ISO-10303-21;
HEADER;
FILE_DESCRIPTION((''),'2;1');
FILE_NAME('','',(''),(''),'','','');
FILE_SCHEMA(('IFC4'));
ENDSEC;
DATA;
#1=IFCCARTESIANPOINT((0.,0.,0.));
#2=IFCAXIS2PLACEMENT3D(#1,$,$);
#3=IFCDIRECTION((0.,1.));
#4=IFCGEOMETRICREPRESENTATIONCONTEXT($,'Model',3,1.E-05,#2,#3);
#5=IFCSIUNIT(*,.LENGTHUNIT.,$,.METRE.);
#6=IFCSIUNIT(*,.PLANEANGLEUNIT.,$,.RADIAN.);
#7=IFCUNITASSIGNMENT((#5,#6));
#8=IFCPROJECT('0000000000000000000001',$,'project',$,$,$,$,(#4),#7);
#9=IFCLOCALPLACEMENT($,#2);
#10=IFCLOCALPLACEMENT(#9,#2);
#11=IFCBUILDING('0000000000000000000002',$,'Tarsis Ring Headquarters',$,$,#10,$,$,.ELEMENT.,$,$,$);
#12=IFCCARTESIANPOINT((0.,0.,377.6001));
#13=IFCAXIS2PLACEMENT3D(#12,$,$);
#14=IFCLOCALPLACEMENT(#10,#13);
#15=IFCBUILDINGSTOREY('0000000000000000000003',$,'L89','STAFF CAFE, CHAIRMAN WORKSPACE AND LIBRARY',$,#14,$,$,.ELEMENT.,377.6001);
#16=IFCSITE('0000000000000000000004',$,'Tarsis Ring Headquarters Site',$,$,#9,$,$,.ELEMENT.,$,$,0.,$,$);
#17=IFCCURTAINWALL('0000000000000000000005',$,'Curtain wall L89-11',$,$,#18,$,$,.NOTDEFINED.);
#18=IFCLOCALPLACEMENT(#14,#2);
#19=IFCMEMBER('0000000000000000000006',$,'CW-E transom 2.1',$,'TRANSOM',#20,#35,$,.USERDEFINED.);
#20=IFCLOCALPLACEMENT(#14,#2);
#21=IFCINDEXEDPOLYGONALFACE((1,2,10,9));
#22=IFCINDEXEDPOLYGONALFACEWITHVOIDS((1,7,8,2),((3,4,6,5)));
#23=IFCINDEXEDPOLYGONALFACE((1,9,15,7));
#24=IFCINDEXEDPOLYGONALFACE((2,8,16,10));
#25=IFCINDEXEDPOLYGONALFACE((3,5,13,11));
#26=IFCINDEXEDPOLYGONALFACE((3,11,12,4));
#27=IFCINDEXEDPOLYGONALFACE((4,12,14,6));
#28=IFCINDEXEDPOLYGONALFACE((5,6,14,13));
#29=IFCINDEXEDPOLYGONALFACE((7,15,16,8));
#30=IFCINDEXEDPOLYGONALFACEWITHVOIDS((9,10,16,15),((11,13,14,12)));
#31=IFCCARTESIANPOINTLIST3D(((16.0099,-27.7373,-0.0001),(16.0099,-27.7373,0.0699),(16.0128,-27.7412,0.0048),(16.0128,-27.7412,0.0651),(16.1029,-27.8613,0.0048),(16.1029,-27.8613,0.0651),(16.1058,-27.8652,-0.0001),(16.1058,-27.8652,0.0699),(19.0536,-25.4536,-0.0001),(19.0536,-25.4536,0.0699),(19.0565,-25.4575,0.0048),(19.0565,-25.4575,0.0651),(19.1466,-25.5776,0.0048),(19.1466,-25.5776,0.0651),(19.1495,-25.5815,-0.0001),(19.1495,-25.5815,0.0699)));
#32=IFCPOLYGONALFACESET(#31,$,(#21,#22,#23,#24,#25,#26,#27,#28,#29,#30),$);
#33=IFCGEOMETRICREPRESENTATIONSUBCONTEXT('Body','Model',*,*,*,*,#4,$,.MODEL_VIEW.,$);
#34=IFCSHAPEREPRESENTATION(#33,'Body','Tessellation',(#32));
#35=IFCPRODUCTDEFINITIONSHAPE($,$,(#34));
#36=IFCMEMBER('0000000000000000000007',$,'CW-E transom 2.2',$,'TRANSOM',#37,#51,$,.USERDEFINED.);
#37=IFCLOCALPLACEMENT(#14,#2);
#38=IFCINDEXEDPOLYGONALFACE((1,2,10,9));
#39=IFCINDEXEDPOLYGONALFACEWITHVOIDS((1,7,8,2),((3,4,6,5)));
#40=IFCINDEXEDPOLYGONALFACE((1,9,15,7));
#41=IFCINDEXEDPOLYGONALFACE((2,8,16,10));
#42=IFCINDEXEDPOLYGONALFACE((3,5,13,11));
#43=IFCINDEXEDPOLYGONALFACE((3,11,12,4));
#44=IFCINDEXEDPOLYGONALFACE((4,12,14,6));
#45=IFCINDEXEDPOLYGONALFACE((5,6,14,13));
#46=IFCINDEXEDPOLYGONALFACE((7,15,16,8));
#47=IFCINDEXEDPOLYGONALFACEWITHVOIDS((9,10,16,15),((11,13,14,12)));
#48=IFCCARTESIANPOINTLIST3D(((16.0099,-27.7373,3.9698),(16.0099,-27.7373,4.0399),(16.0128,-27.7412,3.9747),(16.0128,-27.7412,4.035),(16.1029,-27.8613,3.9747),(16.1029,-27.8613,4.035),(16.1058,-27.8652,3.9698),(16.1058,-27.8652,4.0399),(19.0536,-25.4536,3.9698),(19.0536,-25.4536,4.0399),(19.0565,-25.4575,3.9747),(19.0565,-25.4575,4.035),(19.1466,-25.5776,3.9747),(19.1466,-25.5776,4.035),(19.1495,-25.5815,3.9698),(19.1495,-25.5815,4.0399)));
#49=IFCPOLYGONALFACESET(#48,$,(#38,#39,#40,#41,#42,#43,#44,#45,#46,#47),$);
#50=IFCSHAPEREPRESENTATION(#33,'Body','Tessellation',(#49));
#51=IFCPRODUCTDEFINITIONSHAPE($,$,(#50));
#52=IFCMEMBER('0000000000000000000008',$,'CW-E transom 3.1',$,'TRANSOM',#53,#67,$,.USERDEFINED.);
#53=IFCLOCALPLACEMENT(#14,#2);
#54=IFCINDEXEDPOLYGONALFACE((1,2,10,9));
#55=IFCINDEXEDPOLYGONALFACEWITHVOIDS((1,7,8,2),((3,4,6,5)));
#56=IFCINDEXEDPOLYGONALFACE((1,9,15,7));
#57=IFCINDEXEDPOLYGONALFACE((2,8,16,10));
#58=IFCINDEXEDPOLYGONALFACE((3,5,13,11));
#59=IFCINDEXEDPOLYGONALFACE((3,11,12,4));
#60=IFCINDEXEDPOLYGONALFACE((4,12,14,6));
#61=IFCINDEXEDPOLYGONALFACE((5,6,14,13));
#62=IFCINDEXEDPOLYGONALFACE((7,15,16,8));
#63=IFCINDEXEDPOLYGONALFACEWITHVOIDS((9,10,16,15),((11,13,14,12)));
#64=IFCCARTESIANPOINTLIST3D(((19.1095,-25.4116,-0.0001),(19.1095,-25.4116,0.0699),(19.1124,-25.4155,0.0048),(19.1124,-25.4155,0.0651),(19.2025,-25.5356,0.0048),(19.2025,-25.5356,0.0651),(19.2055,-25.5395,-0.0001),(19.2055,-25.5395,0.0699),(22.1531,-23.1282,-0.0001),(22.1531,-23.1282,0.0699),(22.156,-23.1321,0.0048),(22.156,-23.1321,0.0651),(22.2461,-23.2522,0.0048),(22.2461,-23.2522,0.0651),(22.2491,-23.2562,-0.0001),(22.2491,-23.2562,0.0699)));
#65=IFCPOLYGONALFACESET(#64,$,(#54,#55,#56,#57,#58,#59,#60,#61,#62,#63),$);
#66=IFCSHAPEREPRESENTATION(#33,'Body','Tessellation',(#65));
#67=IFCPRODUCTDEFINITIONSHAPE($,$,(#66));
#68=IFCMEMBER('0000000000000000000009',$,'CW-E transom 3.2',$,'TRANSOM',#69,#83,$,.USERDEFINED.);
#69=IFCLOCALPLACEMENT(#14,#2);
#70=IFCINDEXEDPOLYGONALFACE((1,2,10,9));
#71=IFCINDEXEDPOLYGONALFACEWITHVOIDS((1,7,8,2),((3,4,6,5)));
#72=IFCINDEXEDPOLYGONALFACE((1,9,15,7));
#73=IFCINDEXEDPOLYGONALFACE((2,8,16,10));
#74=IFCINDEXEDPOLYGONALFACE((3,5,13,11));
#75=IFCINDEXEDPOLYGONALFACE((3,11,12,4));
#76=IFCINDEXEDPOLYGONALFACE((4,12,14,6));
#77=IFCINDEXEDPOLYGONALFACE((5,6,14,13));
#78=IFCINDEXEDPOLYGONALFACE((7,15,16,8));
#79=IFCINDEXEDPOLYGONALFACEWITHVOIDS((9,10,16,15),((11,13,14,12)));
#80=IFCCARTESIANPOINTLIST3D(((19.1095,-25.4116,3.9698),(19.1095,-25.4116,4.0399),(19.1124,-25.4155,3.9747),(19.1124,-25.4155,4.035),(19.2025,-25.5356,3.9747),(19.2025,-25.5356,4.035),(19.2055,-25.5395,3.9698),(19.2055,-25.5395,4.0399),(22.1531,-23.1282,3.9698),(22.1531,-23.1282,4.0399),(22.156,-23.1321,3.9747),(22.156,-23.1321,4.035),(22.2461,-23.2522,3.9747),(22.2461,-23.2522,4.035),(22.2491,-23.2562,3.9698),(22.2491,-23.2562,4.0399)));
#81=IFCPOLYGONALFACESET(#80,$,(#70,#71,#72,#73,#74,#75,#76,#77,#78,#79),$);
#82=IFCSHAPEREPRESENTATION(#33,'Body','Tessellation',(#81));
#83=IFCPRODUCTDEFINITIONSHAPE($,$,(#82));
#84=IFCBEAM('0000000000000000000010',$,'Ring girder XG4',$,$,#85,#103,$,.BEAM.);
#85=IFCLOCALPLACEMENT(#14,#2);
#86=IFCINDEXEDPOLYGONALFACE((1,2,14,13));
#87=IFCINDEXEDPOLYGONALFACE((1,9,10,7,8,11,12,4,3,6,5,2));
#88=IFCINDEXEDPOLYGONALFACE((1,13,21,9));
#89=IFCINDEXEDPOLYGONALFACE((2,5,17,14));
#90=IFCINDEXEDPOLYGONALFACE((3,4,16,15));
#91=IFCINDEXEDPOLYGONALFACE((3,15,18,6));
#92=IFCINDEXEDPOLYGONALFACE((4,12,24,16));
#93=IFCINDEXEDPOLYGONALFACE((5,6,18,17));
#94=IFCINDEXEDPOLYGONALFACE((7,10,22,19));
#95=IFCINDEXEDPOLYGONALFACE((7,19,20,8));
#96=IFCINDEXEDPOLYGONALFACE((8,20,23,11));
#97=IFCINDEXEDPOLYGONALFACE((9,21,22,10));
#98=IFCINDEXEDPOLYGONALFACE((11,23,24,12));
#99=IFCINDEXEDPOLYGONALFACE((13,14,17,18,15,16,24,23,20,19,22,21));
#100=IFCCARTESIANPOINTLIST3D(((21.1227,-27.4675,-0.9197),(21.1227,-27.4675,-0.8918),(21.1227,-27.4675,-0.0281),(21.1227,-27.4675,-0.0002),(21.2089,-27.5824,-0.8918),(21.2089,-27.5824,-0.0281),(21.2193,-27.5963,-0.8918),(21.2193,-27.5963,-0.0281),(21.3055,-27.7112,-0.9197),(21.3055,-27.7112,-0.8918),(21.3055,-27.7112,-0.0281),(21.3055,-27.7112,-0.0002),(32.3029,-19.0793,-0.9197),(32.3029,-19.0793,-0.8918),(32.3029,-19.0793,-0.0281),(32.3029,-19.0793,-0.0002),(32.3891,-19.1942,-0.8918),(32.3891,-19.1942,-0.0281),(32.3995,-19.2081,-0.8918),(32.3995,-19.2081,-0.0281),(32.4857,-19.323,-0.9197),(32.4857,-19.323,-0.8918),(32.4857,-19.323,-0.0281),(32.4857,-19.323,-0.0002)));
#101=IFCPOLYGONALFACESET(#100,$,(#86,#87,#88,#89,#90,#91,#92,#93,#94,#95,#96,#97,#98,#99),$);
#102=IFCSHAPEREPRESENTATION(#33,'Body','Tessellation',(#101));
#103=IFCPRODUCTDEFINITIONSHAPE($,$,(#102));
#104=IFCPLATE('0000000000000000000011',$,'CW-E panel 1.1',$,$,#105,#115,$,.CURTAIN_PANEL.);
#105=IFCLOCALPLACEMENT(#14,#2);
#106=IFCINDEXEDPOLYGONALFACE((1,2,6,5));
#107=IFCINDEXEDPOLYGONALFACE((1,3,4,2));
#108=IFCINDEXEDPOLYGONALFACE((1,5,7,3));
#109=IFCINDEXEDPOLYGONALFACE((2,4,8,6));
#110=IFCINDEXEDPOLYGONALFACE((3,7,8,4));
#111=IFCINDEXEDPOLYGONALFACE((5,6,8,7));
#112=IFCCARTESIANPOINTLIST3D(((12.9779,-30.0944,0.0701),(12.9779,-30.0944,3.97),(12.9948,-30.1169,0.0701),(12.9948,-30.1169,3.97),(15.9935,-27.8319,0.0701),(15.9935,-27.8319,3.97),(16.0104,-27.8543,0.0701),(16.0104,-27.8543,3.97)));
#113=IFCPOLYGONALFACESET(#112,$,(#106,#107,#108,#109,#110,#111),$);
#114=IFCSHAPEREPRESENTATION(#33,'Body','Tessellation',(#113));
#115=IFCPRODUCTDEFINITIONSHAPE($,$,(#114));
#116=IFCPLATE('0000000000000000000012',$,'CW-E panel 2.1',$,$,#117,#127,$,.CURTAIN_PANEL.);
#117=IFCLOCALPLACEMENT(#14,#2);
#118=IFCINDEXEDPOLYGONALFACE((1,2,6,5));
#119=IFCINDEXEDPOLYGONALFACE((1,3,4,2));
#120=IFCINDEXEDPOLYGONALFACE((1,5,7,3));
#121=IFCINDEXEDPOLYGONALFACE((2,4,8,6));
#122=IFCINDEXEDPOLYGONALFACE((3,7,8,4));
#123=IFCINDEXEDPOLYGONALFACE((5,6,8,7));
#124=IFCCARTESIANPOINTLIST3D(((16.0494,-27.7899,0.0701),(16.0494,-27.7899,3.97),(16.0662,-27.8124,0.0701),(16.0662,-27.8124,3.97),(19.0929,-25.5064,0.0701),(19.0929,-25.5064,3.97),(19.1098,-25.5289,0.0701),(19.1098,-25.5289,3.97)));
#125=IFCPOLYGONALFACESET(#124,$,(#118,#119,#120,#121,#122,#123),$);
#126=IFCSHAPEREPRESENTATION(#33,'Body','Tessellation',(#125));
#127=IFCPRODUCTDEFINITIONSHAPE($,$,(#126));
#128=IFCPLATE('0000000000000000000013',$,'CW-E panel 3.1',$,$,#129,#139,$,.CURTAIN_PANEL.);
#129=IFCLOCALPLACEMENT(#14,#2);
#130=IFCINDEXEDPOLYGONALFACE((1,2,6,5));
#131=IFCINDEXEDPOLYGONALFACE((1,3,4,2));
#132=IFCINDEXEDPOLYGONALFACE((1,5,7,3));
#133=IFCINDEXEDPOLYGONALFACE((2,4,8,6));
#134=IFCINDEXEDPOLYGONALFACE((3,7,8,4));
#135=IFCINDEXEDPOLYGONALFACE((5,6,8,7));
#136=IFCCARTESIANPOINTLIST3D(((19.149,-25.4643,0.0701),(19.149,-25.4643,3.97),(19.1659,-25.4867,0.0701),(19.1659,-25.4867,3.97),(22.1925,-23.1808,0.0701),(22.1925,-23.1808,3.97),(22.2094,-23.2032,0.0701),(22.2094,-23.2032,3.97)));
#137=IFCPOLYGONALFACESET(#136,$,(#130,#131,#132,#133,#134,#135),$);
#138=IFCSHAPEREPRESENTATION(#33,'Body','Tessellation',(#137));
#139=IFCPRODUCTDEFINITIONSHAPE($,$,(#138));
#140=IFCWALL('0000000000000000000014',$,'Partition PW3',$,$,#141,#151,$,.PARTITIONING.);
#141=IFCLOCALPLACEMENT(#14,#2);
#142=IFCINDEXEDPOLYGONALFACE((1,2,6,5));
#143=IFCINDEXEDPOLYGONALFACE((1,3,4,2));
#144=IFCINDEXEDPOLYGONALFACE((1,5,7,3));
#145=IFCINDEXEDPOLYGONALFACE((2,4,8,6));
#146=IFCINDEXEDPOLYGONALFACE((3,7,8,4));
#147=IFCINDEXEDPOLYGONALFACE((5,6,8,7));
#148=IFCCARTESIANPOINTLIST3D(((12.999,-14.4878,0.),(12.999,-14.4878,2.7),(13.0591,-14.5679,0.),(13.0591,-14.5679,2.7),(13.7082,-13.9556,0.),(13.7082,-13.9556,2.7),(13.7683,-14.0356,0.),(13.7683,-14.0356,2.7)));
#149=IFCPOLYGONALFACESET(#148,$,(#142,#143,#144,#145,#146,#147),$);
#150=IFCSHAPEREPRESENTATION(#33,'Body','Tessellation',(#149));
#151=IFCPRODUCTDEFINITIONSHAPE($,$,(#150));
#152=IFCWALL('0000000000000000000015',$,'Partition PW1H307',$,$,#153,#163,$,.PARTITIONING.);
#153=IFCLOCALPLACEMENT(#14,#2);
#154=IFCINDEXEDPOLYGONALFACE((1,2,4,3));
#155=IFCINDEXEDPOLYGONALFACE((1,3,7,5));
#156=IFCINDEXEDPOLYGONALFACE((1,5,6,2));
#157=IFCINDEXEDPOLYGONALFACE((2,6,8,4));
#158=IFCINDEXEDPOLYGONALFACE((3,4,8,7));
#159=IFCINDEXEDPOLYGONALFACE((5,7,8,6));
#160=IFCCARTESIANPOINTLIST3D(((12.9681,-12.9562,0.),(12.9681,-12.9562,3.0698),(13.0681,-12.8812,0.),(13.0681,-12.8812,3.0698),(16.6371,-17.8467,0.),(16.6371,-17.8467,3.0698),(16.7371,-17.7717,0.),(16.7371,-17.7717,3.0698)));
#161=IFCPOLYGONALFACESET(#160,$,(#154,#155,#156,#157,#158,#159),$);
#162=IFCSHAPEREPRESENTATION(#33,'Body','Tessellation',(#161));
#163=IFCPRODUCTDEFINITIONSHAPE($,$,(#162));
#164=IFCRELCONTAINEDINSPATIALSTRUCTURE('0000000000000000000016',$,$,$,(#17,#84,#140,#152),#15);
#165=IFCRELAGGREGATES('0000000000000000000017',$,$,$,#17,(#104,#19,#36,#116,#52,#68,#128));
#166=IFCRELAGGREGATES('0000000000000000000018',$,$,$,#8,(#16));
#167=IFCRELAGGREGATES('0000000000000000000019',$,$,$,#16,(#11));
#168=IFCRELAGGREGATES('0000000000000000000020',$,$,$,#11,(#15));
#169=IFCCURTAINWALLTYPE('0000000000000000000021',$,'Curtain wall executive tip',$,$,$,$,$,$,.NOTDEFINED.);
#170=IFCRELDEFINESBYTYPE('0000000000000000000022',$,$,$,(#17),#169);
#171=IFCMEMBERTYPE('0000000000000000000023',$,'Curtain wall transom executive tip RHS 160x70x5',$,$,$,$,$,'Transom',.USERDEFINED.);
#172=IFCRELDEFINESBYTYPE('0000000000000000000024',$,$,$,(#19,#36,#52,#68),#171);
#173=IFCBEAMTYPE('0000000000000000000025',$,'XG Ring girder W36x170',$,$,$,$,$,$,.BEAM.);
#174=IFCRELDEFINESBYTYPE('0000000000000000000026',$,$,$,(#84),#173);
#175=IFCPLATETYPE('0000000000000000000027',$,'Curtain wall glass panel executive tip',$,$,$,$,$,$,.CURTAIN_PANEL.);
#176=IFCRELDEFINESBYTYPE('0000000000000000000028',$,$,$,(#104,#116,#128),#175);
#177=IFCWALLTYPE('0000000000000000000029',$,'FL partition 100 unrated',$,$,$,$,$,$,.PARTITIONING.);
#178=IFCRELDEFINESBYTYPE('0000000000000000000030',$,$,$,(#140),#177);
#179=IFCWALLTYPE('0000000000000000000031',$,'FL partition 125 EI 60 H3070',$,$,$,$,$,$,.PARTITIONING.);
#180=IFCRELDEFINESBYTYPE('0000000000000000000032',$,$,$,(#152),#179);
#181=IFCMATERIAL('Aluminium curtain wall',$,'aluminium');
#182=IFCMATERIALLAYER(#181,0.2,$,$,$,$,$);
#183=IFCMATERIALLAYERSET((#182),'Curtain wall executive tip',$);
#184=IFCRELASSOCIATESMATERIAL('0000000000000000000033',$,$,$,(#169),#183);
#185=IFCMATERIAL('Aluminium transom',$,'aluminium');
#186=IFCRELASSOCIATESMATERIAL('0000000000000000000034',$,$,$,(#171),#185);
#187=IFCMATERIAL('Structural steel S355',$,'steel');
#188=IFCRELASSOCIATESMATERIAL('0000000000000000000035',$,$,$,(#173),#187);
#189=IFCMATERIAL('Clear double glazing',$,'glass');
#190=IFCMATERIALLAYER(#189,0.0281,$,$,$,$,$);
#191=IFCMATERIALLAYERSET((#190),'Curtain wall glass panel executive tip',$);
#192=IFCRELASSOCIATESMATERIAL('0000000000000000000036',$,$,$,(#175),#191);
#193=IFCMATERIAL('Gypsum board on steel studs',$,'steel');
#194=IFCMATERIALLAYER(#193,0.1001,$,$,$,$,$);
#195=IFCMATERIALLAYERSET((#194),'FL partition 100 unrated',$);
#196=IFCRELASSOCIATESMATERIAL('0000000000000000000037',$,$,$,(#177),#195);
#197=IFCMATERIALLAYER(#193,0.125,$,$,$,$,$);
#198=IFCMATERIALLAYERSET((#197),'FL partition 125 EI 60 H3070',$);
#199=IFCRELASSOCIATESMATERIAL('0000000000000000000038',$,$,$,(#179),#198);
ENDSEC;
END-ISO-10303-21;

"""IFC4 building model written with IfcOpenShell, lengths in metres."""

from ifc_helpers import new_model, si_unit, direction, frame, frame_2d, origin, origin_2d, place, context, subcontext, project, spatial, rectangle, hollow_rectangle, i_section, extrude, material, layer, layer_set, material_profile, profile_set, type_object, element, aggregate, save


model = new_model("IFC4")

# Units and contexts
model_context = context("Model", 3, precision=1e-05, world=origin(), true_north=direction((0.0, 1.0)))
body_context = subcontext(model_context, "Body", "Model", "MODEL_VIEW")
ifc_project = project(units=[si_unit("LENGTHUNIT", "METRE"), si_unit("PLANEANGLEUNIT", "RADIAN")], contexts=[model_context])

# Site, building, storey
site_placement = place(None, origin())
site = spatial("IfcSite", under=ifc_project, at=site_placement, Name="Tarsis Ring Headquarters Site", CompositionType="ELEMENT", RefElevation=0.0)
building_placement = place(site_placement, origin())
building = spatial("IfcBuilding", under=site, at=building_placement, Name="Tarsis Ring Headquarters", CompositionType="ELEMENT")
storey_placement = place(building_placement, frame((0.0, 0.0, 377.6001)))
storey = spatial("IfcBuildingStorey", under=building, at=storey_placement, Name="L89", Description="STAFF CAFE, CHAIRMAN WORKSPACE AND LIBRARY", CompositionType="ELEMENT", Elevation=377.6001)

# Shared definitions
ifc_material_1 = material(Name="Structural steel S355", Category="steel")

# Curtain wall, members
ifc_material_2 = material(Name="Aluminium curtain wall", Category="aluminium")
ifc_layer_1 = layer(ifc_material_2, 0.2)
ifc_layer_set_1 = layer_set([ifc_layer_1], Name="Curtain wall executive tip")
curtain_wall_type = type_object("IfcCurtainWallType", Name="Curtain wall executive tip", PredefinedType="NOTDEFINED", material=ifc_layer_set_1)
curtain_wall_placement = place(storey_placement, origin())
curtain_wall = element("IfcCurtainWall", 1, at=curtain_wall_placement, inside=storey, type_object=curtain_wall_type, Name="Curtain wall L89-11", PredefinedType="NOTDEFINED")
ifc_material_3 = material(Name="Aluminium transom", Category="aluminium")
ifc_material_profile_1 = material_profile(ifc_material_3, hollow_rectangle(XDim=0.1599, YDim=0.0701, WallThickness=0.0049, at=origin_2d()), Name="RHS 160x70x5")
ifc_profile_set_1 = profile_set([ifc_material_profile_1], Name="Aluminium transom")
member_type_1 = type_object("IfcMemberType", Name="Curtain wall transom executive tip RHS 160x70x5", ElementType="Transom", PredefinedType="USERDEFINED", material=ifc_profile_set_1)
member_1_placement = place(storey_placement, frame((16.0579, -27.8013, 0.0349), z_axis=(0.799884, 0.600154, 0.0), x_axis=(-0.600154, 0.799884, 0.0)))
member_1 = element("IfcMember", 2, at=member_1_placement, type_object=member_type_1, Name="CW-E transom 2.1", ObjectType="TRANSOM", PredefinedType="USERDEFINED", context=body_context, shape_type="SweptSolid", body=[
    extrude(hollow_rectangle(XDim=0.1599, YDim=0.0701, WallThickness=0.0049, at=origin_2d()), origin(), (0.0, 0.0, 1.0), 3.8052),
])
member_2_placement = place(storey_placement, frame((16.0579, -27.8013, 4.0049), z_axis=(0.799884, 0.600154, 0.0), x_axis=(-0.600154, 0.799884, 0.0)))
member_2 = element("IfcMember", 3, at=member_2_placement, type_object=member_type_1, Name="CW-E transom 2.2", ObjectType="TRANSOM", PredefinedType="USERDEFINED", context=body_context, shape_type="SweptSolid", body=[
    extrude(hollow_rectangle(XDim=0.1599, YDim=0.0701, WallThickness=0.0049, at=origin_2d()), origin(), (0.0, 0.0, 1.0), 3.8052),
])
member_3_placement = place(storey_placement, frame((19.1575, -25.4756, 0.0349), z_axis=(0.799915, 0.600113, 0.0), x_axis=(-0.600113, 0.799915, 0.0)))
member_3 = element("IfcMember", 4, at=member_3_placement, type_object=member_type_1, Name="CW-E transom 3.1", ObjectType="TRANSOM", PredefinedType="USERDEFINED", context=body_context, shape_type="SweptSolid", body=[
    extrude(hollow_rectangle(XDim=0.1599, YDim=0.0701, WallThickness=0.0049, at=origin_2d()), origin(), (0.0, 0.0, 1.0), 3.8049),
])
member_4_placement = place(storey_placement, frame((19.1575, -25.4756, 4.0049), z_axis=(0.799915, 0.600113, 0.0), x_axis=(-0.600113, 0.799915, 0.0)))
member_4 = element("IfcMember", 5, at=member_4_placement, type_object=member_type_1, Name="CW-E transom 3.2", ObjectType="TRANSOM", PredefinedType="USERDEFINED", context=body_context, shape_type="SweptSolid", body=[
    extrude(hollow_rectangle(XDim=0.1599, YDim=0.0701, WallThickness=0.0049, at=origin_2d()), origin(), (0.0, 0.0, 1.0), 3.8049),
])

# Beam
ifc_material_profile_2 = material_profile(ifc_material_1, i_section(OverallWidth=0.3047, OverallDepth=0.9194, WebThickness=0.0173, FlangeThickness=0.0278, at=origin_2d()), Name="W36x170")
ifc_profile_set_2 = profile_set([ifc_material_profile_2], Name="Structural steel S355")
beam_type = type_object("IfcBeamType", Name="XG Ring girder W36x170", PredefinedType="BEAM", material=ifc_profile_set_2)
beam_placement = place(storey_placement, frame((21.2141, -27.5894, -0.46), z_axis=(0.799895, 0.60014, 0.0), x_axis=(-0.60014, 0.799895, 0.0)))
element("IfcBeam", 6, at=beam_placement, inside=storey, type_object=beam_type, Name="Ring girder XG4", PredefinedType="BEAM", context=body_context, shape_type="SweptSolid", body=[
    extrude(i_section(OverallWidth=0.3047, OverallDepth=0.9194, WebThickness=0.0173, FlangeThickness=0.0278, at=origin_2d()), origin(), (0.0, 0.0, 1.0), 13.9771),
])

# Plates
ifc_material_4 = material(Name="Clear double glazing", Category="glass")
ifc_layer_2 = layer(ifc_material_4, 0.0281)
ifc_layer_set_2 = layer_set([ifc_layer_2], Name="Curtain wall glass panel executive tip")
plate_type = type_object("IfcPlateType", Name="Curtain wall glass panel executive tip", PredefinedType="CURTAIN_PANEL", material=ifc_layer_set_2)
plate_1_placement = place(storey_placement, frame((14.4941, -28.9744, 0.0701), z_axis=(0.0, 0.0, 1.0), x_axis=(0.799894, 0.600141, 0.0)))
plate_1 = element("IfcPlate", 7, at=plate_1_placement, type_object=plate_type, Name="CW-E panel 1.1", PredefinedType="CURTAIN_PANEL", context=body_context, shape_type="SweptSolid", body=[
    extrude(rectangle(XDim=3.77, YDim=0.0281, at=origin_2d()), origin(), (0.0, 0.0, 1.0), 3.8999),
])
plate_2_placement = place(storey_placement, frame((17.5796, -26.6594, 0.0701), z_axis=(0.0, 0.0, 1.0), x_axis=(0.799894, 0.600141, 0.0)))
plate_2 = element("IfcPlate", 8, at=plate_2_placement, type_object=plate_type, Name="CW-E panel 2.1", PredefinedType="CURTAIN_PANEL", context=body_context, shape_type="SweptSolid", body=[
    extrude(rectangle(XDim=3.8049, YDim=0.0281, at=origin_2d()), origin(), (0.0, 0.0, 1.0), 3.8999),
])
plate_3_placement = place(storey_placement, frame((20.6792, -24.3337, 0.0701), z_axis=(0.0, 0.0, 1.0), x_axis=(0.799894, 0.600141, 0.0)))
plate_3 = element("IfcPlate", 9, at=plate_3_placement, type_object=plate_type, Name="CW-E panel 3.1", PredefinedType="CURTAIN_PANEL", context=body_context, shape_type="SweptSolid", body=[
    extrude(rectangle(XDim=3.8049, YDim=0.0281, at=origin_2d()), origin(), (0.0, 0.0, 1.0), 3.8999),
])
aggregate(curtain_wall, [plate_1, member_1, member_2, plate_2, member_3, member_4, plate_3])

# Walls
ifc_material_5 = material(Name="Gypsum board on steel studs", Category="steel")
ifc_layer_3 = layer(ifc_material_5, 0.1001)
ifc_layer_set_3 = layer_set([ifc_layer_3], Name="FL partition 100 unrated")
wall_type_1 = type_object("IfcWallType", Name="FL partition 100 unrated", PredefinedType="PARTITIONING", material=ifc_layer_set_3)
wall_1_placement = place(storey_placement, frame((13.0291, -14.5278, 0.0), z_axis=(0.0, 0.0, 1.0), x_axis=(0.799835, 0.60022, 0.0)))
element("IfcWall", 10, at=wall_1_placement, inside=storey, type_object=wall_type_1, Name="Partition PW3", PredefinedType="PARTITIONING", context=body_context, shape_type="SweptSolid", body=[
    extrude(rectangle(XDim=0.8867, YDim=0.1001, at=frame_2d((0.4434, 0.0))), origin(), (0.0, 0.0, 1.0), 2.7),
])
ifc_layer_4 = layer(ifc_material_5, 0.125)
ifc_layer_set_4 = layer_set([ifc_layer_4], Name="FL partition 125 EI 60 H3070")
wall_type_2 = type_object("IfcWallType", Name="FL partition 125 EI 60 H3070", PredefinedType="PARTITIONING", material=ifc_layer_set_4)
wall_2_placement = place(storey_placement, frame((13.0181, -12.9187, 0.0), z_axis=(0.0, 0.0, 1.0), x_axis=(0.600121, -0.799909, 0.0)))
element("IfcWall", 11, at=wall_2_placement, inside=storey, type_object=wall_type_2, Name="Partition PW1H307", PredefinedType="PARTITIONING", context=body_context, shape_type="SweptSolid", body=[
    extrude(rectangle(XDim=6.1138, YDim=0.125, at=frame_2d((3.0569, 0.0))), origin(), (0.0, 0.0, 1.0), 3.0698),
])

save(model, "model.ifc")
